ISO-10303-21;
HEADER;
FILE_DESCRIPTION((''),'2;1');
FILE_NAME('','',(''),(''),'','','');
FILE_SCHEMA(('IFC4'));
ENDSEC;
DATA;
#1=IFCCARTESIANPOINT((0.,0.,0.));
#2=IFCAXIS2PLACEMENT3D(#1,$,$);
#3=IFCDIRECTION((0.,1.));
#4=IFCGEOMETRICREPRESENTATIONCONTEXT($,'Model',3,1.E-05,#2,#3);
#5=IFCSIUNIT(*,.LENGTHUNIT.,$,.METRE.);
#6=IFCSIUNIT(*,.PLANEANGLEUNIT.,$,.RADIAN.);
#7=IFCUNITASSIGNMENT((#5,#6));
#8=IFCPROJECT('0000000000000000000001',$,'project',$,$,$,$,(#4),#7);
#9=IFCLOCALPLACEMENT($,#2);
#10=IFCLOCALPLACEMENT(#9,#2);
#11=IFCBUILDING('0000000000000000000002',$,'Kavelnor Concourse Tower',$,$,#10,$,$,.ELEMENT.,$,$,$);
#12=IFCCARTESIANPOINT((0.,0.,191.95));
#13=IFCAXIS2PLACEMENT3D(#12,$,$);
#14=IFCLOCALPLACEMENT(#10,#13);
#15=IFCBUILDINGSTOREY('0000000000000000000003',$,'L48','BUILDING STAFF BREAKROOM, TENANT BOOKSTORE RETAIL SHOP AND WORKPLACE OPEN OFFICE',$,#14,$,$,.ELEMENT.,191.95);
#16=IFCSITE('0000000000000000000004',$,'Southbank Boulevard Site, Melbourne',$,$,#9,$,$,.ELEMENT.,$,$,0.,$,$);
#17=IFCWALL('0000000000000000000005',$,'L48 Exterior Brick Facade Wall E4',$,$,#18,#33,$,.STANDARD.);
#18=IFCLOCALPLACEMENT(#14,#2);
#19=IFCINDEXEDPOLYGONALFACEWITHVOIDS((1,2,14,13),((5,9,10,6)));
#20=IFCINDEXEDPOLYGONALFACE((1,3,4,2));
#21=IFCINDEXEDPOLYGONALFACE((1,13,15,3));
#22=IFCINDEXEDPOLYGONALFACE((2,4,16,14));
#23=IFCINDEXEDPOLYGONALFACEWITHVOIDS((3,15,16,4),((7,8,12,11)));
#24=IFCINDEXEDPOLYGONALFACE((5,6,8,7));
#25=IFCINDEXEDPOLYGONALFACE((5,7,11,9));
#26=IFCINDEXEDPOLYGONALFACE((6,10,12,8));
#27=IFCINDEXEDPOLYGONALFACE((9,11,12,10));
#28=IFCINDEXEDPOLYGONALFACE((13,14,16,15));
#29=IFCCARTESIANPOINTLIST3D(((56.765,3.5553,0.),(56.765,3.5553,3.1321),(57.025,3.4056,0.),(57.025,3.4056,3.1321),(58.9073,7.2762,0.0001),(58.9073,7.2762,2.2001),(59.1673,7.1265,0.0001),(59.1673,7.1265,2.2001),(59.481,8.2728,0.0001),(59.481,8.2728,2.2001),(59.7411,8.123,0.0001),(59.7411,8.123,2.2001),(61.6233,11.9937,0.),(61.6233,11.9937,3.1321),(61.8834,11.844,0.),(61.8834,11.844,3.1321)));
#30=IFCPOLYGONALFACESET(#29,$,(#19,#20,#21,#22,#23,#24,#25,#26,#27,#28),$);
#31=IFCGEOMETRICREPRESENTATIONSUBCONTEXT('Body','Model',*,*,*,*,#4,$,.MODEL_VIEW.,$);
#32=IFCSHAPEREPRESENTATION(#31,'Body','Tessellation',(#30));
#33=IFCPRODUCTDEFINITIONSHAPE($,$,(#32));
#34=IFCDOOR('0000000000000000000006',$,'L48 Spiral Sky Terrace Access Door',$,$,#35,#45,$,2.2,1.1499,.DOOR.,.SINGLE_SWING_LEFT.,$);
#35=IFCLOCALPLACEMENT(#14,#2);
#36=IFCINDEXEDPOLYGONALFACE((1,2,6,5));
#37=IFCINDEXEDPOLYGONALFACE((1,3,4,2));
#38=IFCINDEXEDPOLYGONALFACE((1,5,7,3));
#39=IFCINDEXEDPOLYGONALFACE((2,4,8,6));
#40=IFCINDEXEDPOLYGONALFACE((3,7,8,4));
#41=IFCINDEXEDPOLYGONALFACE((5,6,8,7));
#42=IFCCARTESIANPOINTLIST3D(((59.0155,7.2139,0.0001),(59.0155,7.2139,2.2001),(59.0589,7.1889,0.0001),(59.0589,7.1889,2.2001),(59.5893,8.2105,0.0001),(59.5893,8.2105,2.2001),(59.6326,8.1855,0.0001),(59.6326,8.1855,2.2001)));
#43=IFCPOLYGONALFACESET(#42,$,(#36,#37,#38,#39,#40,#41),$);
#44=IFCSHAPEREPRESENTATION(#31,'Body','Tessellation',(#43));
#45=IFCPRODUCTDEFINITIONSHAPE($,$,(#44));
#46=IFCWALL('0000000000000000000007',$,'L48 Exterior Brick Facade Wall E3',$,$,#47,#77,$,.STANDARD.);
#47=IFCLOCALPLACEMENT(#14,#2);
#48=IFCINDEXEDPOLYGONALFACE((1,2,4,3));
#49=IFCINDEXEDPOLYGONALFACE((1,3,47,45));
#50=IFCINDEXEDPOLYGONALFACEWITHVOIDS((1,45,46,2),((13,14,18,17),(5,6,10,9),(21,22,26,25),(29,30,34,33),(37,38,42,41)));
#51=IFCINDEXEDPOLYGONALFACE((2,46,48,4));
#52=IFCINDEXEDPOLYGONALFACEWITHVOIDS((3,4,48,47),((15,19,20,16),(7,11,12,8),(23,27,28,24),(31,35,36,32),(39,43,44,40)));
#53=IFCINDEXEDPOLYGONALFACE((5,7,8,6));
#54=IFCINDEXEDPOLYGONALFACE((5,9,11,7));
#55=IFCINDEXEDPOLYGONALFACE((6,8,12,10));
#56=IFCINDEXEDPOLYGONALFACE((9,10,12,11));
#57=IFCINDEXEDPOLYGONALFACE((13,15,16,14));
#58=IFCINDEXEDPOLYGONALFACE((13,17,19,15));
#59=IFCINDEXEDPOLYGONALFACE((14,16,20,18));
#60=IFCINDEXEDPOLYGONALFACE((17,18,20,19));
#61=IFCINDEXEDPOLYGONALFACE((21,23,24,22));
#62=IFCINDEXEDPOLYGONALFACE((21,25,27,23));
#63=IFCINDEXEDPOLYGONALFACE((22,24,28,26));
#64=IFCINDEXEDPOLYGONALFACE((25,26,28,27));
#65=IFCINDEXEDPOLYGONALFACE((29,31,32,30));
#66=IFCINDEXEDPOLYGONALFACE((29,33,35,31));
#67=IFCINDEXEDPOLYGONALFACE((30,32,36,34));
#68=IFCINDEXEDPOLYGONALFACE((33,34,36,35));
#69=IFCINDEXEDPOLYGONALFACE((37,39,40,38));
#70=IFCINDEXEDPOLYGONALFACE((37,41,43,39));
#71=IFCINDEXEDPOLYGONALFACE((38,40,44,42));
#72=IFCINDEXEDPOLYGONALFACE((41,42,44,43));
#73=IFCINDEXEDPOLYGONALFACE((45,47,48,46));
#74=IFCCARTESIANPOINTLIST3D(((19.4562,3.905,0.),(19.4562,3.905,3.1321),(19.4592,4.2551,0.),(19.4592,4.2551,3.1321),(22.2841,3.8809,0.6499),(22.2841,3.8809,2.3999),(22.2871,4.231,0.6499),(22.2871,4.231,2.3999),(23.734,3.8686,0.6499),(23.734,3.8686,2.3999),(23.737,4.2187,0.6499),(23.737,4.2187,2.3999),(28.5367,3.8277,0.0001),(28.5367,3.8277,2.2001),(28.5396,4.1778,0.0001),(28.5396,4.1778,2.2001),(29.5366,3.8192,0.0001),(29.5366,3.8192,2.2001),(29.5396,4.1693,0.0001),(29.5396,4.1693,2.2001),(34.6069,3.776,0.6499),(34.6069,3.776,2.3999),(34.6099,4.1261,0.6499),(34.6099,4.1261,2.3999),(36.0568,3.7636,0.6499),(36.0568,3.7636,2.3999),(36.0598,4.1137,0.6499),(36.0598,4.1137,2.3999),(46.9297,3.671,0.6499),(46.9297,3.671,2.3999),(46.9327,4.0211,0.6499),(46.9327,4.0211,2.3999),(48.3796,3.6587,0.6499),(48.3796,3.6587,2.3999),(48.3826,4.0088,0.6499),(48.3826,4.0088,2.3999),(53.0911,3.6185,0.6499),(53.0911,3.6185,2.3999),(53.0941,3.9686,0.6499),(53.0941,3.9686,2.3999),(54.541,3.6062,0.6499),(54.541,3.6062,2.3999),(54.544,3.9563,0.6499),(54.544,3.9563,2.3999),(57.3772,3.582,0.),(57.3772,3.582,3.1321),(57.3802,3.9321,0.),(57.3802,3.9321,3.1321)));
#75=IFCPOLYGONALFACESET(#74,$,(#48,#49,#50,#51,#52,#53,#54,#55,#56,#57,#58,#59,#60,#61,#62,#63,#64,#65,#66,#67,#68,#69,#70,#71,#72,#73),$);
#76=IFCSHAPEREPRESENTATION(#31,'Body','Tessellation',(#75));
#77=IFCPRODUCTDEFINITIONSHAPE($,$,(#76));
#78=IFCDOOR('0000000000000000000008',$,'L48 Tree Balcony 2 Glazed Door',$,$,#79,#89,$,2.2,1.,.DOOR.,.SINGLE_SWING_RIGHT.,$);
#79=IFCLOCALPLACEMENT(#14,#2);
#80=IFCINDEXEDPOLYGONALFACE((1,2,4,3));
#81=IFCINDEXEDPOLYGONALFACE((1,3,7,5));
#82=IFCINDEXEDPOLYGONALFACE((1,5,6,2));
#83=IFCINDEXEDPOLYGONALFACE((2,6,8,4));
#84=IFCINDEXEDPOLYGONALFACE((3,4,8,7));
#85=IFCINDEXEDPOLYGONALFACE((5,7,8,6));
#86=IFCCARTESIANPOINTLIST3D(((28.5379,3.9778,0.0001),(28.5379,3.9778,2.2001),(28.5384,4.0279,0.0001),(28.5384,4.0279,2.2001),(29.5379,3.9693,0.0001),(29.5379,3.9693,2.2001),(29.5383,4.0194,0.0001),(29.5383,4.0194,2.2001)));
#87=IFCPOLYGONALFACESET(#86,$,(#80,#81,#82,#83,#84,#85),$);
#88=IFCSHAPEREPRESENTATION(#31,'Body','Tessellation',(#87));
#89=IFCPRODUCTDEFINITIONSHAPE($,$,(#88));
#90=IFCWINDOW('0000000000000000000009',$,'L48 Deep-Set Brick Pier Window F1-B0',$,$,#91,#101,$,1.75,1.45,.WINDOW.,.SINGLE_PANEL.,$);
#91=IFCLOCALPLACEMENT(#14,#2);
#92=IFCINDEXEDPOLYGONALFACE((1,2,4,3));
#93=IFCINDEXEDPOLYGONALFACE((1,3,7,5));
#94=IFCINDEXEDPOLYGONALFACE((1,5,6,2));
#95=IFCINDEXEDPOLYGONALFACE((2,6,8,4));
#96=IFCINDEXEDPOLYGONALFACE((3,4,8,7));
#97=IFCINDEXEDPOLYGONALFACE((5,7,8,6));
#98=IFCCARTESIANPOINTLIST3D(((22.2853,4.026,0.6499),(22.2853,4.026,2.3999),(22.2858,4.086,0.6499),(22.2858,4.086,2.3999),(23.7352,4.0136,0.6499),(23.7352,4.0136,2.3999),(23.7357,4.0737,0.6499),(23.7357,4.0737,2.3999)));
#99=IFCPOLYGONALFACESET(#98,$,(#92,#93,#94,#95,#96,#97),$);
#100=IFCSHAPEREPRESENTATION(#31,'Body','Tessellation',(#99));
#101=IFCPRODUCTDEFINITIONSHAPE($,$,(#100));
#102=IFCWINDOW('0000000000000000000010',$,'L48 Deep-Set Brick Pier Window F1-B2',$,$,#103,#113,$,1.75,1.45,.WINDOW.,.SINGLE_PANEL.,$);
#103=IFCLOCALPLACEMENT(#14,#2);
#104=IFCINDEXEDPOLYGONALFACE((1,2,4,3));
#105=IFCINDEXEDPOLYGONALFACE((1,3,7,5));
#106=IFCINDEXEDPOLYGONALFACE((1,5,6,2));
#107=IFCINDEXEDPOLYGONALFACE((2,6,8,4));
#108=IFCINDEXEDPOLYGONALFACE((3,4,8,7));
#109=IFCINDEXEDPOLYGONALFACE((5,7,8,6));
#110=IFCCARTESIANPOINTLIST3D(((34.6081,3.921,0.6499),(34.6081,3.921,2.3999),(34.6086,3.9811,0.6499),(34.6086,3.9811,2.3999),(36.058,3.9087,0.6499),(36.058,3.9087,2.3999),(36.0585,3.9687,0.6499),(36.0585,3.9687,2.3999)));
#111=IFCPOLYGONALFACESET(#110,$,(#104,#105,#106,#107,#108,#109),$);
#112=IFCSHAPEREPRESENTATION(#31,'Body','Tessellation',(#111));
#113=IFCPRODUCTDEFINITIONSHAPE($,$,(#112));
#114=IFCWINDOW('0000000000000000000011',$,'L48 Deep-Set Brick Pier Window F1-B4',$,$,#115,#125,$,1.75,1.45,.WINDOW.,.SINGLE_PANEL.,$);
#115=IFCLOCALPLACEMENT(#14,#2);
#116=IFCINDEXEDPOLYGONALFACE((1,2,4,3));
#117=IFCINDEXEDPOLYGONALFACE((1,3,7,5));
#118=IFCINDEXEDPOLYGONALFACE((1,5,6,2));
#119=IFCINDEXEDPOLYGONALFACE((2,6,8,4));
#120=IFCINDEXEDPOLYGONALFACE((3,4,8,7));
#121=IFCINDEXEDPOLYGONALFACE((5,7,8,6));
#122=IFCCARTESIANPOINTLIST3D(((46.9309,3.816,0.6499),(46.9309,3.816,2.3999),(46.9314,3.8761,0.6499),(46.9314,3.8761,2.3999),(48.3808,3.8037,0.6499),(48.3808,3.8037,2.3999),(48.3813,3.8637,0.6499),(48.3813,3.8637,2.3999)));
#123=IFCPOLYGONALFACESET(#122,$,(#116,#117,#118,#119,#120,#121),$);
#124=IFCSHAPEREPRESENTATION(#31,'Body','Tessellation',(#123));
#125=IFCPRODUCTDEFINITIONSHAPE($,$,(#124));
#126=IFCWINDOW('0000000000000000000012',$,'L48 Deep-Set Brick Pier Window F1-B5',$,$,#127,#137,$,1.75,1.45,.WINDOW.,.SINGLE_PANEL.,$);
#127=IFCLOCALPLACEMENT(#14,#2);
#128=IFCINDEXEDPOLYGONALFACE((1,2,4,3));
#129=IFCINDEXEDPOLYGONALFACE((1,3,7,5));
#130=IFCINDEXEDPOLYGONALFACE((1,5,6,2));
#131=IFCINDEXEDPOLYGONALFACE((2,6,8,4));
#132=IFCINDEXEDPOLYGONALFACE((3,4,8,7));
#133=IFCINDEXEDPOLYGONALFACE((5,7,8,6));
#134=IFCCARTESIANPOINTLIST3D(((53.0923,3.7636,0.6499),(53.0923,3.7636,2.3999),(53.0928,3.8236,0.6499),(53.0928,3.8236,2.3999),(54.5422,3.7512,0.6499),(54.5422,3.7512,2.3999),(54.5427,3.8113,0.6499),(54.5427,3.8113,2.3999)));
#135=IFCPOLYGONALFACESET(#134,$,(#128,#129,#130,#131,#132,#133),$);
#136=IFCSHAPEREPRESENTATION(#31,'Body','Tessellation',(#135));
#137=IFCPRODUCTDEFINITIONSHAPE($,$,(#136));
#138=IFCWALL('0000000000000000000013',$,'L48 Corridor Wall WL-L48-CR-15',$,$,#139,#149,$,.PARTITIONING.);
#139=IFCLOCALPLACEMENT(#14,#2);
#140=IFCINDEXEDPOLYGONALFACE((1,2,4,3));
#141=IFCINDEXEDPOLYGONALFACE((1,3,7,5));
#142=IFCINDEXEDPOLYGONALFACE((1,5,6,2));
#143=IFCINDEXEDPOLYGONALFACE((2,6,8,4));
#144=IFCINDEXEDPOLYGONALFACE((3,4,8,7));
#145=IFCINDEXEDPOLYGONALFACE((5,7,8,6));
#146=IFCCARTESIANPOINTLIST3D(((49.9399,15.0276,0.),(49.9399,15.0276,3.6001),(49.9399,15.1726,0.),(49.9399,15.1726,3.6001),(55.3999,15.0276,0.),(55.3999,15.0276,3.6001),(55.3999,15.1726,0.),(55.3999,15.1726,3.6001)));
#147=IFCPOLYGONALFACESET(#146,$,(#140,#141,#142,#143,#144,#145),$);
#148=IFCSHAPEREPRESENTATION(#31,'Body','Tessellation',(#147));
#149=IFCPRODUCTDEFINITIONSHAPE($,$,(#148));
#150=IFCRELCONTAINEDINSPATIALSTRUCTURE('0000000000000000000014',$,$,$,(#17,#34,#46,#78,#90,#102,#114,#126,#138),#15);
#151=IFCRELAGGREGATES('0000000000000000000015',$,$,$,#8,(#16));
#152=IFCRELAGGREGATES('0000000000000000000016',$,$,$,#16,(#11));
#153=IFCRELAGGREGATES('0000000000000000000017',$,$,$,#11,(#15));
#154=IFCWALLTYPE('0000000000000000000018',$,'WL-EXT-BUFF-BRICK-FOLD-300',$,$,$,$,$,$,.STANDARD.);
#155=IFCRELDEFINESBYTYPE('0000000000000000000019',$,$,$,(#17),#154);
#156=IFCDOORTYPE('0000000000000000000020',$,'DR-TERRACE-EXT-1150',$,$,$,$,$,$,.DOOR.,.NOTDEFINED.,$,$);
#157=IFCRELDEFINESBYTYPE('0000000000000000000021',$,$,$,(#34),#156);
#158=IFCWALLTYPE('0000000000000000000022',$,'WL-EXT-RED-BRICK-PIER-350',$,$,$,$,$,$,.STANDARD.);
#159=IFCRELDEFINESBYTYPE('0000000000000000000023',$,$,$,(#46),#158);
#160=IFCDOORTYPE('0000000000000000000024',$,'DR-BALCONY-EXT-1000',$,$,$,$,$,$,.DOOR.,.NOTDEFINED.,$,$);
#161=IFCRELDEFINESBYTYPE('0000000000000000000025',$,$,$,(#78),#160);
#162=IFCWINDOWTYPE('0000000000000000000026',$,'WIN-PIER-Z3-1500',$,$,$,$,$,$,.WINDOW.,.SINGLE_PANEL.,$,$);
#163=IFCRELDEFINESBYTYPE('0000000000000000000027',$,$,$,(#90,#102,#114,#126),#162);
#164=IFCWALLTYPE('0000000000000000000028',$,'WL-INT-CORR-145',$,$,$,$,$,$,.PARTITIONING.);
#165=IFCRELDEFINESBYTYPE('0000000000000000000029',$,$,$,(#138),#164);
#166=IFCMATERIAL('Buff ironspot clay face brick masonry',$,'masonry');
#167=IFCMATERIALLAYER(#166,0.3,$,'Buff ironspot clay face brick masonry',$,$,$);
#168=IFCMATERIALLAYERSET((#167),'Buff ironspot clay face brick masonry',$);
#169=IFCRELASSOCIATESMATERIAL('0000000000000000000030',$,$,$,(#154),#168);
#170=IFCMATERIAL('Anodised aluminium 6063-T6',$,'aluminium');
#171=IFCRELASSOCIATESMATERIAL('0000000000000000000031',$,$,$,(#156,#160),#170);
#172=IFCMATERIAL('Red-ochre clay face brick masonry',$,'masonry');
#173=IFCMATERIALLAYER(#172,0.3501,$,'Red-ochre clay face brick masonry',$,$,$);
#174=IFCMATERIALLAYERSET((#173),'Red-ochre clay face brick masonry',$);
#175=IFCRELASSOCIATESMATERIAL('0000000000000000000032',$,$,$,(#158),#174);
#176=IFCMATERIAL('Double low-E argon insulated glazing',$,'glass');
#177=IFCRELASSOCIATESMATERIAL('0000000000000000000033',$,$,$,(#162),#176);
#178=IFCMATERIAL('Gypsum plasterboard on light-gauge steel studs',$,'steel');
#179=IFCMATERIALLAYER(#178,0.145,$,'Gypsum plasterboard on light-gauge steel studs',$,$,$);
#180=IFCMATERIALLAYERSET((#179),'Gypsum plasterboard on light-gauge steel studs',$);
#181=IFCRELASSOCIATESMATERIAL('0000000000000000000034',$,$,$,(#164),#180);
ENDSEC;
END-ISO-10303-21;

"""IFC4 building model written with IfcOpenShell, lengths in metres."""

from ifc_helpers import new_model, si_unit, direction, frame, frame_2d, origin, place, context, subcontext, project, spatial, rectangle, extrude, material, layer, layer_set, type_object, element, fill, save


model = new_model("IFC4")

# Units and contexts
model_context = context("Model", 3, precision=1e-05, world=origin(), true_north=direction((0.0, 1.0)))
body_context = subcontext(model_context, "Body", "Model", "MODEL_VIEW")
ifc_project = project(units=[si_unit("LENGTHUNIT", "METRE"), si_unit("PLANEANGLEUNIT", "RADIAN")], contexts=[model_context])

# Site, building, storey
site_placement = place(None, origin())
site = spatial("IfcSite", under=ifc_project, at=site_placement, Name="Southbank Boulevard Site, Melbourne", CompositionType="ELEMENT", RefElevation=0.0)
building_placement = place(site_placement, origin())
building = spatial("IfcBuilding", under=site, at=building_placement, Name="Kavelnor Concourse Tower", CompositionType="ELEMENT")
storey_placement = place(building_placement, frame((0.0, 0.0, 191.95)))
storey = spatial("IfcBuildingStorey", under=building, at=storey_placement, Name="L48", Description="BUILDING STAFF BREAKROOM, TENANT BOOKSTORE RETAIL SHOP AND WORKPLACE OPEN OFFICE", CompositionType="ELEMENT", Elevation=191.95)

# Wall, opening, door
ifc_material_1 = material(Name="Buff ironspot clay face brick masonry", Category="masonry")
ifc_layer_1 = layer(ifc_material_1, 0.3, Name="Buff ironspot clay face brick masonry")
ifc_layer_set_1 = layer_set([ifc_layer_1], Name="Buff ironspot clay face brick masonry")
wall_type_1 = type_object("IfcWallType", Name="WL-EXT-BUFF-BRICK-FOLD-300", PredefinedType="STANDARD", material=ifc_layer_set_1)
wall_1_placement = place(storey_placement, frame((61.7534, 11.9189, 0.0), z_axis=(0.0, 0.0, 1.0), x_axis=(-0.498955, -0.866628, 0.0)))
wall_1 = element("IfcWall", 1, at=wall_1_placement, inside=storey, type_object=wall_type_1, Name="L48 Exterior Brick Facade Wall E4", PredefinedType="STANDARD", context=body_context, shape_type="SweptSolid", body=[
    extrude(rectangle(XDim=9.7371, YDim=0.3, at=frame_2d((4.8687, 0.0))), origin(), (0.0, 0.0, 1.0), 3.1321),
])
opening_1_placement = place(wall_1_placement, frame((4.2937, 0.0, 0.0)))
opening_1 = element("IfcOpeningElement", 2, at=opening_1_placement, cuts=wall_1, PredefinedType="OPENING", context=body_context, shape_type="SweptSolid", body=[
    extrude(rectangle(XDim=1.1499, YDim=2.2, at=frame_2d((0.575, 1.1001))), frame((0.0, 0.1602, 0.0), z_axis=(0.0, -1.0, 0.0), x_axis=(1.0, 0.0, 0.0)), (0.0, 0.0, 1.0), 0.3201),
])
ifc_material_2 = material(Name="Anodised aluminium 6063-T6", Category="aluminium")
door_type_1 = type_object("IfcDoorType", Name="DR-TERRACE-EXT-1150", OperationType="NOTDEFINED", PredefinedType="DOOR", material=ifc_material_2)
door_1_placement = place(opening_1_placement, origin())
door_1 = element("IfcDoor", 3, at=door_1_placement, inside=storey, type_object=door_type_1, Name="L48 Spiral Sky Terrace Access Door", OperationType="SINGLE_SWING_LEFT", OverallHeight=2.2, OverallWidth=1.1499, PredefinedType="DOOR", context=body_context, shape_type="SweptSolid", body=[
    extrude(rectangle(XDim=1.1499, YDim=2.2, at=frame_2d((0.575, 1.1001))), frame((0.0, 0.0249, 0.0), z_axis=(0.0, -1.0, 0.0), x_axis=(1.0, 0.0, 0.0)), (0.0, 0.0, 1.0), 0.05),
])
fill(opening_1, door_1)

# Wall, openings, door, windows
ifc_material_3 = material(Name="Red-ochre clay face brick masonry", Category="masonry")
ifc_layer_2 = layer(ifc_material_3, 0.3501, Name="Red-ochre clay face brick masonry")
ifc_layer_set_2 = layer_set([ifc_layer_2], Name="Red-ochre clay face brick masonry")
wall_type_2 = type_object("IfcWallType", Name="WL-EXT-RED-BRICK-PIER-350", PredefinedType="STANDARD", material=ifc_layer_set_2)
wall_2_placement = place(storey_placement, frame((57.3787, 3.7571, 0.0), z_axis=(0.0, 0.0, 1.0), x_axis=(-0.999964, 0.008517, 0.0)))
wall_2 = element("IfcWall", 4, at=wall_2_placement, inside=storey, type_object=wall_type_2, Name="L48 Exterior Brick Facade Wall E3", PredefinedType="STANDARD", context=body_context, shape_type="SweptSolid", body=[
    extrude(rectangle(XDim=37.9224, YDim=0.3501, at=frame_2d((18.9612, 0.0))), origin(), (0.0, 0.0, 1.0), 3.1321),
])
opening_2_placement = place(wall_2_placement, frame((27.8416, 0.0, 0.0)))
opening_2 = element("IfcOpeningElement", 5, at=opening_2_placement, cuts=wall_2, PredefinedType="OPENING", context=body_context, shape_type="SweptSolid", body=[
    extrude(rectangle(XDim=1.0, YDim=2.2, at=frame_2d((0.5, 1.1001))), frame((0.0, 0.1851, 0.0), z_axis=(0.0, -1.0, 0.0), x_axis=(1.0, 0.0, 0.0)), (0.0, 0.0, 1.0), 0.3701),
])
opening_3_placement = place(wall_2_placement, frame((33.6443, 0.0, 0.6499)))
opening_3 = element("IfcOpeningElement", 6, at=opening_3_placement, cuts=wall_2, PredefinedType="OPENING", context=body_context, shape_type="SweptSolid", body=[
    extrude(rectangle(XDim=1.45, YDim=1.75, at=frame_2d((0.7251, 0.875))), frame((0.0, 0.1851, 0.0), z_axis=(0.0, -1.0, 0.0), x_axis=(1.0, 0.0, 0.0)), (0.0, 0.0, 1.0), 0.3701),
])
opening_4_placement = place(wall_2_placement, frame((21.321, 0.0, 0.6499)))
opening_4 = element("IfcOpeningElement", 7, at=opening_4_placement, cuts=wall_2, PredefinedType="OPENING", context=body_context, shape_type="SweptSolid", body=[
    extrude(rectangle(XDim=1.45, YDim=1.75, at=frame_2d((0.7251, 0.875))), frame((0.0, 0.1851, 0.0), z_axis=(0.0, -1.0, 0.0), x_axis=(1.0, 0.0, 0.0)), (0.0, 0.0, 1.0), 0.3701),
])
opening_5_placement = place(wall_2_placement, frame((8.9978, 0.0, 0.6499)))
opening_5 = element("IfcOpeningElement", 8, at=opening_5_placement, cuts=wall_2, PredefinedType="OPENING", context=body_context, shape_type="SweptSolid", body=[
    extrude(rectangle(XDim=1.45, YDim=1.75, at=frame_2d((0.7251, 0.875))), frame((0.0, 0.1851, 0.0), z_axis=(0.0, -1.0, 0.0), x_axis=(1.0, 0.0, 0.0)), (0.0, 0.0, 1.0), 0.3701),
])
opening_6_placement = place(wall_2_placement, frame((2.8362, 0.0, 0.6499)))
opening_6 = element("IfcOpeningElement", 9, at=opening_6_placement, cuts=wall_2, PredefinedType="OPENING", context=body_context, shape_type="SweptSolid", body=[
    extrude(rectangle(XDim=1.45, YDim=1.75, at=frame_2d((0.7251, 0.875))), frame((0.0, 0.1851, 0.0), z_axis=(0.0, -1.0, 0.0), x_axis=(1.0, 0.0, 0.0)), (0.0, 0.0, 1.0), 0.3701),
])
door_type_2 = type_object("IfcDoorType", Name="DR-BALCONY-EXT-1000", OperationType="NOTDEFINED", PredefinedType="DOOR", material=ifc_material_2)
door_2_placement = place(opening_2_placement, origin())
door_2 = element("IfcDoor", 10, at=door_2_placement, inside=storey, type_object=door_type_2, Name="L48 Tree Balcony 2 Glazed Door", OperationType="SINGLE_SWING_RIGHT", OverallHeight=2.2, OverallWidth=1.0, PredefinedType="DOOR", context=body_context, shape_type="SweptSolid", body=[
    extrude(rectangle(XDim=1.0, YDim=2.2, at=frame_2d((0.5, 1.1001))), frame((0.0, 0.0249, 0.0), z_axis=(0.0, -1.0, 0.0), x_axis=(1.0, 0.0, 0.0)), (0.0, 0.0, 1.0), 0.05),
])
fill(opening_2, door_2)
ifc_material_4 = material(Name="Double low-E argon insulated glazing", Category="glass")
window_type = type_object("IfcWindowType", Name="WIN-PIER-Z3-1500", PartitioningType="SINGLE_PANEL", PredefinedType="WINDOW", material=ifc_material_4)
window_1_placement = place(opening_3_placement, origin())
window_1 = element("IfcWindow", 11, at=window_1_placement, inside=storey, type_object=window_type, Name="L48 Deep-Set Brick Pier Window F1-B0", OverallHeight=1.75, OverallWidth=1.45, PartitioningType="SINGLE_PANEL", PredefinedType="WINDOW", context=body_context, shape_type="SweptSolid", body=[
    extrude(rectangle(XDim=1.45, YDim=1.75, at=frame_2d((0.7251, 0.875))), frame((0.0, 0.03, 0.0), z_axis=(0.0, -1.0, 0.0), x_axis=(1.0, 0.0, 0.0)), (0.0, 0.0, 1.0), 0.0601),
])
fill(opening_3, window_1)
window_2_placement = place(opening_4_placement, origin())
window_2 = element("IfcWindow", 12, at=window_2_placement, inside=storey, type_object=window_type, Name="L48 Deep-Set Brick Pier Window F1-B2", OverallHeight=1.75, OverallWidth=1.45, PartitioningType="SINGLE_PANEL", PredefinedType="WINDOW", context=body_context, shape_type="SweptSolid", body=[
    extrude(rectangle(XDim=1.45, YDim=1.75, at=frame_2d((0.7251, 0.875))), frame((0.0, 0.03, 0.0), z_axis=(0.0, -1.0, 0.0), x_axis=(1.0, 0.0, 0.0)), (0.0, 0.0, 1.0), 0.0601),
])
fill(opening_4, window_2)
window_3_placement = place(opening_5_placement, origin())
window_3 = element("IfcWindow", 13, at=window_3_placement, inside=storey, type_object=window_type, Name="L48 Deep-Set Brick Pier Window F1-B4", OverallHeight=1.75, OverallWidth=1.45, PartitioningType="SINGLE_PANEL", PredefinedType="WINDOW", context=body_context, shape_type="SweptSolid", body=[
    extrude(rectangle(XDim=1.45, YDim=1.75, at=frame_2d((0.7251, 0.875))), frame((0.0, 0.03, 0.0), z_axis=(0.0, -1.0, 0.0), x_axis=(1.0, 0.0, 0.0)), (0.0, 0.0, 1.0), 0.0601),
])
fill(opening_5, window_3)
window_4_placement = place(opening_6_placement, origin())
window_4 = element("IfcWindow", 14, at=window_4_placement, inside=storey, type_object=window_type, Name="L48 Deep-Set Brick Pier Window F1-B5", OverallHeight=1.75, OverallWidth=1.45, PartitioningType="SINGLE_PANEL", PredefinedType="WINDOW", context=body_context, shape_type="SweptSolid", body=[
    extrude(rectangle(XDim=1.45, YDim=1.75, at=frame_2d((0.7251, 0.875))), frame((0.0, 0.03, 0.0), z_axis=(0.0, -1.0, 0.0), x_axis=(1.0, 0.0, 0.0)), (0.0, 0.0, 1.0), 0.0601),
])
fill(opening_6, window_4)

# Wall
ifc_material_5 = material(Name="Gypsum plasterboard on light-gauge steel studs", Category="steel")
ifc_layer_3 = layer(ifc_material_5, 0.145, Name="Gypsum plasterboard on light-gauge steel studs")
ifc_layer_set_3 = layer_set([ifc_layer_3], Name="Gypsum plasterboard on light-gauge steel studs")
wall_type_3 = type_object("IfcWallType", Name="WL-INT-CORR-145", PredefinedType="PARTITIONING", material=ifc_layer_set_3)
wall_3_placement = place(storey_placement, frame((55.3999, 15.1001, 0.0), z_axis=(0.0, 0.0, 1.0), x_axis=(-1.0, 0.0, 0.0)))
element("IfcWall", 15, at=wall_3_placement, inside=storey, type_object=wall_type_3, Name="L48 Corridor Wall WL-L48-CR-15", PredefinedType="PARTITIONING", context=body_context, shape_type="SweptSolid", body=[
    extrude(rectangle(XDim=5.46, YDim=0.145, at=frame_2d((2.73, 0.0))), origin(), (0.0, 0.0, 1.0), 3.6001),
])

save(model, "model.ifc")
